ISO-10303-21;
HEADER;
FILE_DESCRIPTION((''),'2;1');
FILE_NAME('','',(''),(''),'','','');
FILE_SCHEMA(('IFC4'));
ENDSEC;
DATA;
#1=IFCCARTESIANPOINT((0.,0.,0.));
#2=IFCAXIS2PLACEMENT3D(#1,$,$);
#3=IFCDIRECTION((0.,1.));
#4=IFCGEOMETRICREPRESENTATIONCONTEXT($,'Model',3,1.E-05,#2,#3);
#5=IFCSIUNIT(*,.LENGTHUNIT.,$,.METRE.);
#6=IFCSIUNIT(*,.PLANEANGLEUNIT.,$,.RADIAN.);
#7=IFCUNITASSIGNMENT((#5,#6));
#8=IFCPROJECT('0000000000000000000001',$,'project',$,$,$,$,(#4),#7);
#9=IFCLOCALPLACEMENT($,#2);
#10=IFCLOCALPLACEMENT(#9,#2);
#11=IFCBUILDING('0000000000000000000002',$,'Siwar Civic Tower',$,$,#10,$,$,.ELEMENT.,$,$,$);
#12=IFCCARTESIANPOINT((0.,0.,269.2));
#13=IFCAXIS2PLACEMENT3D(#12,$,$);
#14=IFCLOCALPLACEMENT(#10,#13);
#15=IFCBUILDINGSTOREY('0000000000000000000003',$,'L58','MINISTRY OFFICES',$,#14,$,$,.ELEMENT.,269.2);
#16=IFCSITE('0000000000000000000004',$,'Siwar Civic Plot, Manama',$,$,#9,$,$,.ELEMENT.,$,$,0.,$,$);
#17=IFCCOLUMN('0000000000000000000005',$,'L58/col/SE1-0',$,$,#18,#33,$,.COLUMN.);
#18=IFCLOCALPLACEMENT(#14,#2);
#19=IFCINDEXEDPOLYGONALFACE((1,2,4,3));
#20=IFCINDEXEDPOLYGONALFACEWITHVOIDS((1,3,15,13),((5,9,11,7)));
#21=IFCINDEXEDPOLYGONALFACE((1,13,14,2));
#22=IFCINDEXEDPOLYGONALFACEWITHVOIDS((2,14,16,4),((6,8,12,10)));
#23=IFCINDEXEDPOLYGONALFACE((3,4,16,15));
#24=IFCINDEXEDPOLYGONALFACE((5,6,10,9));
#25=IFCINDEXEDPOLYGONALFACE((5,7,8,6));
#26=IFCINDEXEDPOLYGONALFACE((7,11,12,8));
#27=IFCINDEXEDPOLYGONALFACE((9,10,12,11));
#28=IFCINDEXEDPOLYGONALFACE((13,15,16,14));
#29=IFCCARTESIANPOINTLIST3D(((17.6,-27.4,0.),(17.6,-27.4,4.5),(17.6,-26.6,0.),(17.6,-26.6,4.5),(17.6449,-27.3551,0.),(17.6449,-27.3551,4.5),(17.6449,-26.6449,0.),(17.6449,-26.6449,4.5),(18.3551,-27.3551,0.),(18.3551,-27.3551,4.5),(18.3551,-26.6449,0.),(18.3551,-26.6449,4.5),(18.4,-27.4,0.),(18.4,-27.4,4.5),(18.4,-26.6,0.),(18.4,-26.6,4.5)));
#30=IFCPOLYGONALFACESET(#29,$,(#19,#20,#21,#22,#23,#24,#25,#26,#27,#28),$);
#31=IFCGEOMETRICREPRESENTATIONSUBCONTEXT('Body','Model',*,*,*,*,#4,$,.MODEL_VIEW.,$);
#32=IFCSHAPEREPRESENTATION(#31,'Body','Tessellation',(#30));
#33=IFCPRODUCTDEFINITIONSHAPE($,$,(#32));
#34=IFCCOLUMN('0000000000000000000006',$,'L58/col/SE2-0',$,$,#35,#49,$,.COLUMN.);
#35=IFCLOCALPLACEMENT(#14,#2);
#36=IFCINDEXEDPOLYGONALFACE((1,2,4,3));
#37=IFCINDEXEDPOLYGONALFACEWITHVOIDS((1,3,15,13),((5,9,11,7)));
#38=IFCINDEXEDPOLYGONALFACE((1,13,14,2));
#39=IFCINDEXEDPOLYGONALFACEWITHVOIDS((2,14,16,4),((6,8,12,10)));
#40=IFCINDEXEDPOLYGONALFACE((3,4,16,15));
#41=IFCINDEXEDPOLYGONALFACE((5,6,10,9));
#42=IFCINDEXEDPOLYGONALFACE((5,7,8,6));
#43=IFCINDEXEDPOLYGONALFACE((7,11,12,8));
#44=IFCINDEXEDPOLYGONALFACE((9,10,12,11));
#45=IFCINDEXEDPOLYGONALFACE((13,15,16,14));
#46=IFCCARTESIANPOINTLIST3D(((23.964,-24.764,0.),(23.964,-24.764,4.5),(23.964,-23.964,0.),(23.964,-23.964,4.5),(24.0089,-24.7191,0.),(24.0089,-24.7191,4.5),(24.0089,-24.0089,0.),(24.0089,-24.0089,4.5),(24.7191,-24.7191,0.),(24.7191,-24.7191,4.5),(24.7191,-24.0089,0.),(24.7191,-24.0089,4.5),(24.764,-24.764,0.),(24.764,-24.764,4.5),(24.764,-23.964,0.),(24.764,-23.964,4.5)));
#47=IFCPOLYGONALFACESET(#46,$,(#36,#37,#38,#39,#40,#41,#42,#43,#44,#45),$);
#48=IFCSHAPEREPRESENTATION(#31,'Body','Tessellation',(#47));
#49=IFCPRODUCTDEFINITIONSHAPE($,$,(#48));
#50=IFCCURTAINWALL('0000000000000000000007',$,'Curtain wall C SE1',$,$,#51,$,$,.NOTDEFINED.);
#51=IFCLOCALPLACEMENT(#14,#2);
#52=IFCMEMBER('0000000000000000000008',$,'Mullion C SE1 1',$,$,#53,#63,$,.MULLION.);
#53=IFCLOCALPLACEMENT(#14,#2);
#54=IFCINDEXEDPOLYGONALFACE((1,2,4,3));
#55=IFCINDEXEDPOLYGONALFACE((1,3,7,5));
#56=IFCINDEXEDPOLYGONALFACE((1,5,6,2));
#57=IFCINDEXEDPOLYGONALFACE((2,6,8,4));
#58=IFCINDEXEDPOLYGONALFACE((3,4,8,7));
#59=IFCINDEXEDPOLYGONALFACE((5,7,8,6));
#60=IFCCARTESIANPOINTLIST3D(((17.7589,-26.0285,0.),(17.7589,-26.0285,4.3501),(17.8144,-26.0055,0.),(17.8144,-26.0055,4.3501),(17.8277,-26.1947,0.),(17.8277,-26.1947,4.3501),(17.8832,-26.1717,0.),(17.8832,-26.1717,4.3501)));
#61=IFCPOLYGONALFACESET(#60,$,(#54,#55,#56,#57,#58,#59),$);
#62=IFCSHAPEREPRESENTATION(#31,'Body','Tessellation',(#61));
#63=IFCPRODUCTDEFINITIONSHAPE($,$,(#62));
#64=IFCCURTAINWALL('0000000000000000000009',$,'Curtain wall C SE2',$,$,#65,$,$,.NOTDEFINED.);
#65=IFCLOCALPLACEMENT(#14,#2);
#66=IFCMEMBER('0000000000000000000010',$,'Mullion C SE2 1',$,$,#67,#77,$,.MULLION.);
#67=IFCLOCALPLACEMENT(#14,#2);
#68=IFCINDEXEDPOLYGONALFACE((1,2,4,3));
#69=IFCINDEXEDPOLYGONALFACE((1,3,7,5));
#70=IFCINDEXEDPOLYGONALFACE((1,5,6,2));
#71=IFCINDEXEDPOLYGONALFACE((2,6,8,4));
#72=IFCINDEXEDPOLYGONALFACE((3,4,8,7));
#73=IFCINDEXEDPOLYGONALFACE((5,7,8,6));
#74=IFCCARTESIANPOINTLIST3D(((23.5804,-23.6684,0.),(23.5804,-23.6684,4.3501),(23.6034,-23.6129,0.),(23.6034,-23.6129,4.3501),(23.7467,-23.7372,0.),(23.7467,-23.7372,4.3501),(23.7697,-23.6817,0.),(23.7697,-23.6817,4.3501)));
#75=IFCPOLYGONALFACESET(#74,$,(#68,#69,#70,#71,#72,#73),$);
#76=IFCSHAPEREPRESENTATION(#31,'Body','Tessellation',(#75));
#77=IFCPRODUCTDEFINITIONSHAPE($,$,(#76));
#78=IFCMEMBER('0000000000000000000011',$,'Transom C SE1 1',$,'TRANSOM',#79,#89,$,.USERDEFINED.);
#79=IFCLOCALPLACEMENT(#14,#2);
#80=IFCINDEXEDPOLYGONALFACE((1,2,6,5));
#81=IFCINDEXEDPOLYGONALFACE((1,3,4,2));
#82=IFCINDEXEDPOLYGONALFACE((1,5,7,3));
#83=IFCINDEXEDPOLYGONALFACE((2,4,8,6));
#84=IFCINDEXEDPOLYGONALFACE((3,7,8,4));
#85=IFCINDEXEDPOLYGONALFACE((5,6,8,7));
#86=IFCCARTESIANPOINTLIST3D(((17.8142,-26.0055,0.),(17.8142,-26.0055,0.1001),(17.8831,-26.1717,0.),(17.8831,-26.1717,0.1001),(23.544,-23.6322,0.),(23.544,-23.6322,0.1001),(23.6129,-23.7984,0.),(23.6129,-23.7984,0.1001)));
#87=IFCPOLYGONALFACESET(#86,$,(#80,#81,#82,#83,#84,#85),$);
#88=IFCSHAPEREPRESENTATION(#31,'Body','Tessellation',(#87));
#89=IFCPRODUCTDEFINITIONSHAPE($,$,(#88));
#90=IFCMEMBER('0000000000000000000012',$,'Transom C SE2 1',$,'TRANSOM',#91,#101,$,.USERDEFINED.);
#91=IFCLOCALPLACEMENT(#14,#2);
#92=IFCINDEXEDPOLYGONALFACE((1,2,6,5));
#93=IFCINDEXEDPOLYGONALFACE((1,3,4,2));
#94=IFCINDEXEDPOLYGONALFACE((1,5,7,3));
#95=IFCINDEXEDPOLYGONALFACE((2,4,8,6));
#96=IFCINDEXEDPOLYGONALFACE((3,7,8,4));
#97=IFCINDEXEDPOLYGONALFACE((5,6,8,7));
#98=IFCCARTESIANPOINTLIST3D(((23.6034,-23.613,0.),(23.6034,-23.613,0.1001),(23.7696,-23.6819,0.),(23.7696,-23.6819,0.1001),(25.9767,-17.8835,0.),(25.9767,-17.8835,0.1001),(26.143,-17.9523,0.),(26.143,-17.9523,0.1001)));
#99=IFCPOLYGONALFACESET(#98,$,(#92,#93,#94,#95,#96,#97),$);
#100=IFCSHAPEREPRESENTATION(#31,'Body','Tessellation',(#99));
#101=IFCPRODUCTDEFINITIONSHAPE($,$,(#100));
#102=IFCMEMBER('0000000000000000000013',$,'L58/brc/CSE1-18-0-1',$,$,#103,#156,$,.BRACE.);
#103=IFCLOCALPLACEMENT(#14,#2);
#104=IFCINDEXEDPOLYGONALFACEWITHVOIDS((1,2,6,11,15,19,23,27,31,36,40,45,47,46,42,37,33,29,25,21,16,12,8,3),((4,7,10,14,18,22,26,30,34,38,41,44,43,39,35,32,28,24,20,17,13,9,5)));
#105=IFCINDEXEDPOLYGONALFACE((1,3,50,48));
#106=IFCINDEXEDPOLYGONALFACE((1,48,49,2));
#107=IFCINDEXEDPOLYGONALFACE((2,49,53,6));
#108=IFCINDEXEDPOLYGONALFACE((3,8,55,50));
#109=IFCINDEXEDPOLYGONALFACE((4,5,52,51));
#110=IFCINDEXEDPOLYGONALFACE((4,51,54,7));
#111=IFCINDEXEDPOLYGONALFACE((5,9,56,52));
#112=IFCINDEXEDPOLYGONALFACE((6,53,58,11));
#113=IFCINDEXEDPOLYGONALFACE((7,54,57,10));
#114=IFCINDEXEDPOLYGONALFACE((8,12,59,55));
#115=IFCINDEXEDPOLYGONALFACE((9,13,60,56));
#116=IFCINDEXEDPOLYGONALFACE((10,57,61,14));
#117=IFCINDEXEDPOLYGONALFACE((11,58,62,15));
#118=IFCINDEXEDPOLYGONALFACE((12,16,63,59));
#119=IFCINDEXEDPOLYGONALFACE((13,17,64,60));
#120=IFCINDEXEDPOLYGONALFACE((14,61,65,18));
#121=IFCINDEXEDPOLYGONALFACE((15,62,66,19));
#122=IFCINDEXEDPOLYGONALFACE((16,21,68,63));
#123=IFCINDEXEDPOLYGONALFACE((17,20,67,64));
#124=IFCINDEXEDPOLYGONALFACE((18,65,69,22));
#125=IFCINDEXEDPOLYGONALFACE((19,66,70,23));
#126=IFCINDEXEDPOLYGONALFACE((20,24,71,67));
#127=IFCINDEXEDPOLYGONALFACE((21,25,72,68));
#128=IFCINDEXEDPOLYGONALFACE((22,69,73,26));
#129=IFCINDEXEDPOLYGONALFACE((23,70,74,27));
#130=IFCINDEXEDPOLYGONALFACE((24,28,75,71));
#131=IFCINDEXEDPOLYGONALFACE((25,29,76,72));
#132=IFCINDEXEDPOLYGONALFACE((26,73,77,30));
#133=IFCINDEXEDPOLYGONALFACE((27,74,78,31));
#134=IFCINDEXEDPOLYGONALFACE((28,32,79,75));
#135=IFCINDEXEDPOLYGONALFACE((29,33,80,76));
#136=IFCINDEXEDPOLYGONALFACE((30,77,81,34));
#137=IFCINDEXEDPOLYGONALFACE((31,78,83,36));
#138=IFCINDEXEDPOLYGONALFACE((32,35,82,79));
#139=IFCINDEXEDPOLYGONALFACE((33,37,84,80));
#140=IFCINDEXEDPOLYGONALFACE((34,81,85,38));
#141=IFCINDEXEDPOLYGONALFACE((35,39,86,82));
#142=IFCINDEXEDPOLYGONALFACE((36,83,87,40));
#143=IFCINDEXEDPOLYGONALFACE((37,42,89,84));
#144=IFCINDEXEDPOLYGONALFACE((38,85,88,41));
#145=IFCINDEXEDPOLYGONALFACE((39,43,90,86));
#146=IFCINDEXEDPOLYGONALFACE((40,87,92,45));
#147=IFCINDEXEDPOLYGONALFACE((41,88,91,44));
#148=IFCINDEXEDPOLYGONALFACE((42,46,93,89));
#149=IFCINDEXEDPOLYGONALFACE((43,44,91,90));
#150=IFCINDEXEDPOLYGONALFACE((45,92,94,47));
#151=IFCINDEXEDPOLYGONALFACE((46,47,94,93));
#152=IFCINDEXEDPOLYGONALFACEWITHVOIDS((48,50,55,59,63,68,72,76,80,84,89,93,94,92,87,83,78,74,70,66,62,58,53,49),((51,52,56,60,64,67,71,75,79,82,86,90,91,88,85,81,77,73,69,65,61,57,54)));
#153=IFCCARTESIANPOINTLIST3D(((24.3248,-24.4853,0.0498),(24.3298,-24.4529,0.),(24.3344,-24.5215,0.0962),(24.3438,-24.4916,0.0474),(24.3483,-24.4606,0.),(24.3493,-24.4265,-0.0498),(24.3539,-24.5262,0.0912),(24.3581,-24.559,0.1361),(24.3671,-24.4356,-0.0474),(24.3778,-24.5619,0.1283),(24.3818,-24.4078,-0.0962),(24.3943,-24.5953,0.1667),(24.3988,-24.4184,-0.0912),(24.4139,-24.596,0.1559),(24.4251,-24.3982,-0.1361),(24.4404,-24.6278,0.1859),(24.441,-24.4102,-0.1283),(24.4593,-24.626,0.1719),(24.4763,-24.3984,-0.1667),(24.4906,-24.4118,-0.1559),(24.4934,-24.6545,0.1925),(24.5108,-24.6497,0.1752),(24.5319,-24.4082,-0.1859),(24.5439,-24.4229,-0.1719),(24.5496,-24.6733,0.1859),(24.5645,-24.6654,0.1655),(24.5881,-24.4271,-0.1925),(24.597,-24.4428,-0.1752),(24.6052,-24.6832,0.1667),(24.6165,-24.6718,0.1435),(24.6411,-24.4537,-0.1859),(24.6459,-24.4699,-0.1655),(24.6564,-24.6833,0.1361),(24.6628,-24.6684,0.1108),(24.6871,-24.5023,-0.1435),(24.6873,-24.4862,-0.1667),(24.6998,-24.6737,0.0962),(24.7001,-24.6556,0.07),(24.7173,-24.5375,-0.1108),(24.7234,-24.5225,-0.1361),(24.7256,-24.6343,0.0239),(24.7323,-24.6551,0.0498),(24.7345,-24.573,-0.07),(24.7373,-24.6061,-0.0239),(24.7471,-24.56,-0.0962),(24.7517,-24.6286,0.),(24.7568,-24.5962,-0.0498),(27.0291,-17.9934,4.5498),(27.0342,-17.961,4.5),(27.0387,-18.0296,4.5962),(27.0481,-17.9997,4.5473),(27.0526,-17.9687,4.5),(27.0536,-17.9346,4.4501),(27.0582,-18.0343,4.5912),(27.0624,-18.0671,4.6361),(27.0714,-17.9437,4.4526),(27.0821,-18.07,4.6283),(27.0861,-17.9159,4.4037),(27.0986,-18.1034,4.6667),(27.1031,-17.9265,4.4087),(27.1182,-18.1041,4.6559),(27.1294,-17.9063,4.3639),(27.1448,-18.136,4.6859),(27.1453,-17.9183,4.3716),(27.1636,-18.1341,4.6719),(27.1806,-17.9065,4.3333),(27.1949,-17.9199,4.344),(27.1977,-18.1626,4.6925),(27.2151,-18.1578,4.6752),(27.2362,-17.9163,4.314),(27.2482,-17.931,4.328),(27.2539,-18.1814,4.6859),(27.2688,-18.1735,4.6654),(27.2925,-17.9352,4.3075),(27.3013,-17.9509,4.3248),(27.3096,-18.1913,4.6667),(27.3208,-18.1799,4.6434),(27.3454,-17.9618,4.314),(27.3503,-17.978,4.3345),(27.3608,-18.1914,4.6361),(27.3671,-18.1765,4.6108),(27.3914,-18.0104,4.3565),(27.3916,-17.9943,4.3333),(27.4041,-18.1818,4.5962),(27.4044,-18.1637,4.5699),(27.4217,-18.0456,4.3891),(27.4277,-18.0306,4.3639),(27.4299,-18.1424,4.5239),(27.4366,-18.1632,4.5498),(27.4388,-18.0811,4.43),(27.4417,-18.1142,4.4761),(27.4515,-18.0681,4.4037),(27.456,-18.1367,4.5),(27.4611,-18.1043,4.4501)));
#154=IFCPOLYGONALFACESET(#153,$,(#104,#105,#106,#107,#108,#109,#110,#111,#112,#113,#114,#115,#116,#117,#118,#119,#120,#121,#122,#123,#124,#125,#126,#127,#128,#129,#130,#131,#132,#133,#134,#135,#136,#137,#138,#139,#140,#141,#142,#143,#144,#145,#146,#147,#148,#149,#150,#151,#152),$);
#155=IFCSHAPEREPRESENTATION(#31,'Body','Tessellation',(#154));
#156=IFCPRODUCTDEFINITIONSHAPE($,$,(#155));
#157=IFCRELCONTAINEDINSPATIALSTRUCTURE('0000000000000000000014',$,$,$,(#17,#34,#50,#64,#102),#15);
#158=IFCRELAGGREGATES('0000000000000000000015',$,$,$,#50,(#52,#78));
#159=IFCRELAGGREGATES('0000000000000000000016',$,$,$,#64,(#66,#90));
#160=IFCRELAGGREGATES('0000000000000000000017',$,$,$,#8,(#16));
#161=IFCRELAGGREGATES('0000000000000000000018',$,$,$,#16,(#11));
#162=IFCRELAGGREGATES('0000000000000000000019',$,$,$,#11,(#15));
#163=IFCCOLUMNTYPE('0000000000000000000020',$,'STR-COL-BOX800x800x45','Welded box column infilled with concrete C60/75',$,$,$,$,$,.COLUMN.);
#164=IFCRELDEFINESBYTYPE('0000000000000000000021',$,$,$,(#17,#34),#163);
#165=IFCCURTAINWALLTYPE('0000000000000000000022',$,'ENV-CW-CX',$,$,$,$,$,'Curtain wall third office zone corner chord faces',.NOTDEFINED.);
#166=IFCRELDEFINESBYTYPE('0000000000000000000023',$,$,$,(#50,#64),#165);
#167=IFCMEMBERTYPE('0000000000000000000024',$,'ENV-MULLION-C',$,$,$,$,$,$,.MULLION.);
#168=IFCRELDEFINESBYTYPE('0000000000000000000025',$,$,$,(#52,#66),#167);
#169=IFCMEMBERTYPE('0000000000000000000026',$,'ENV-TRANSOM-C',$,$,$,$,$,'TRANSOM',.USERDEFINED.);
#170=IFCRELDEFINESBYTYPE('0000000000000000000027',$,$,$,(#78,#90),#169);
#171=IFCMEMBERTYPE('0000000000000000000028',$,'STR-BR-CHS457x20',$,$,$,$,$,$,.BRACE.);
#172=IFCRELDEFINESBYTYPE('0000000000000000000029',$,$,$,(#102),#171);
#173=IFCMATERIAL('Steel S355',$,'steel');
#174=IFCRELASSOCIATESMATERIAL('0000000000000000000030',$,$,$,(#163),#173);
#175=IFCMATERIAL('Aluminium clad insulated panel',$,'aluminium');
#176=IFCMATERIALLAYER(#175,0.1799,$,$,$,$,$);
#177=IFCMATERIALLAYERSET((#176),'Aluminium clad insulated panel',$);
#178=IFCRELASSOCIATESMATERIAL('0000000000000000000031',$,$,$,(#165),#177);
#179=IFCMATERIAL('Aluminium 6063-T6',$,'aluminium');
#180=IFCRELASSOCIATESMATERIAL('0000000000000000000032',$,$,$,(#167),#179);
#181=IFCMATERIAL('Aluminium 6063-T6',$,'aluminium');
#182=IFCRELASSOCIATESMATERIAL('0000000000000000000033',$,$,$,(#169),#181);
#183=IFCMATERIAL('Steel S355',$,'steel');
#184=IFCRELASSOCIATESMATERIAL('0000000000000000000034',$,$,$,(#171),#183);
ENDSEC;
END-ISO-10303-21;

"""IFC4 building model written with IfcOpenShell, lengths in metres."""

from ifc_helpers import new_model, si_unit, direction, frame, origin, origin_2d, place, context, subcontext, project, spatial, rectangle, hollow_rectangle, hollow_circle, extrude, material, layer, layer_set, material_profile, profile_set, type_object, element, aggregate, save


model = new_model("IFC4")

# Units and contexts
model_context = context("Model", 3, precision=1e-05, world=origin(), true_north=direction((0.0, 1.0)))
body_context = subcontext(model_context, "Body", "Model", "MODEL_VIEW")
ifc_project = project(units=[si_unit("LENGTHUNIT", "METRE"), si_unit("PLANEANGLEUNIT", "RADIAN")], contexts=[model_context])

# Site, building, storey
site_placement = place(None, origin())
site = spatial("IfcSite", under=ifc_project, at=site_placement, Name="Siwar Civic Plot, Manama", CompositionType="ELEMENT", RefElevation=0.0)
building_placement = place(site_placement, origin())
building = spatial("IfcBuilding", under=site, at=building_placement, Name="Siwar Civic Tower", CompositionType="ELEMENT")
storey_placement = place(building_placement, frame((0.0, 0.0, 269.2)))
storey = spatial("IfcBuildingStorey", under=building, at=storey_placement, Name="L58", Description="MINISTRY OFFICES", CompositionType="ELEMENT", Elevation=269.2)

# Columns
ifc_material_1 = material(Name="Steel S355", Category="steel")
ifc_material_profile_1 = material_profile(ifc_material_1, hollow_rectangle(XDim=0.8, YDim=0.8, WallThickness=0.0449, at=origin_2d()), Name="BOX800x800x45")
ifc_profile_set_1 = profile_set([ifc_material_profile_1], Name="Steel S355")
column_type = type_object("IfcColumnType", Name="STR-COL-BOX800x800x45", Description="Welded box column infilled with concrete C60/75", PredefinedType="COLUMN", material=ifc_profile_set_1)
for number, where, z_axis, x_axis, name in (
    (1, (18.0, -27.0, 0.0), (0.0, 0.0, 1.0), (1.0, 0.0, 0.0), "L58/col/SE1-0"),
    (2, (24.364, -24.364, 0.0), (0.0, 0.0, 1.0), (1.0, 0.0, 0.0), "L58/col/SE2-0"),
):
    element("IfcColumn", number, at=place(storey_placement, frame(where, z_axis=z_axis, x_axis=x_axis)), inside=storey, type_object=column_type, Name=name, PredefinedType="COLUMN", context=body_context, shape_type="SweptSolid", body=[
        extrude(hollow_rectangle(XDim=0.8, YDim=0.8, WallThickness=0.0449, at=origin_2d()), origin(), (0.0, 0.0, 1.0), 4.5),
    ])

# Curtain walls, members
ifc_material_2 = material(Name="Aluminium clad insulated panel", Category="aluminium")
ifc_layer_1 = layer(ifc_material_2, 0.1799)
ifc_layer_set_1 = layer_set([ifc_layer_1], Name="Aluminium clad insulated panel")
curtain_wall_type = type_object("IfcCurtainWallType", Name="ENV-CW-CX", ElementType="Curtain wall third office zone corner chord faces", PredefinedType="NOTDEFINED", material=ifc_layer_set_1)
curtain_wall_1_placement = place(storey_placement, origin())
curtain_wall_1 = element("IfcCurtainWall", 3, at=curtain_wall_1_placement, inside=storey, type_object=curtain_wall_type, Name="Curtain wall C SE1", PredefinedType="NOTDEFINED")
ifc_material_3 = material(Name="Aluminium 6063-T6", Category="aluminium")
ifc_material_profile_2 = material_profile(ifc_material_3, rectangle(XDim=0.1799, YDim=0.0601, at=origin_2d()), Name="AL 180x60")
ifc_profile_set_2 = profile_set([ifc_material_profile_2], Name="Aluminium 6063-T6")
member_type_1 = type_object("IfcMemberType", Name="ENV-MULLION-C", PredefinedType="MULLION", material=ifc_profile_set_2)
member_1_placement = place(storey_placement, frame((17.821, -26.1001, 0.0), z_axis=(0.0, 0.0, 1.0), x_axis=(-0.382683, 0.92388, 0.0)))
member_1 = element("IfcMember", 4, at=member_1_placement, type_object=member_type_1, Name="Mullion C SE1 1", PredefinedType="MULLION", context=body_context, shape_type="SweptSolid", body=[
    extrude(rectangle(XDim=0.1799, YDim=0.0601, at=origin_2d()), origin(), (0.0, 0.0, 1.0), 4.3501),
])
curtain_wall_2_placement = place(storey_placement, origin())
curtain_wall_2 = element("IfcCurtainWall", 5, at=curtain_wall_2_placement, inside=storey, type_object=curtain_wall_type, Name="Curtain wall C SE2", PredefinedType="NOTDEFINED")
member_2_placement = place(storey_placement, frame((23.675, -23.675, 0.0), z_axis=(0.0, 0.0, 1.0), x_axis=(-0.92388, 0.382683, 0.0)))
member_2 = element("IfcMember", 6, at=member_2_placement, type_object=member_type_1, Name="Mullion C SE2 1", PredefinedType="MULLION", context=body_context, shape_type="SweptSolid", body=[
    extrude(rectangle(XDim=0.1799, YDim=0.0601, at=origin_2d()), origin(), (0.0, 0.0, 1.0), 4.3501),
])

# Members
ifc_material_4 = material(Name="Aluminium 6063-T6", Category="aluminium")
ifc_material_profile_3 = material_profile(ifc_material_4, rectangle(XDim=0.1799, YDim=0.1001, at=origin_2d()), Name="AL 180x100")
ifc_profile_set_3 = profile_set([ifc_material_profile_3], Name="Aluminium 6063-T6")
member_type_2 = type_object("IfcMemberType", Name="ENV-TRANSOM-C", ElementType="TRANSOM", PredefinedType="USERDEFINED", material=ifc_profile_set_3)
member_3_placement = place(storey_placement, frame((17.8486, -26.0886, 0.05), z_axis=(0.923882, 0.382677, 0.0), x_axis=(-0.382677, 0.923882, 0.0)))
member_3 = element("IfcMember", 7, at=member_3_placement, type_object=member_type_2, Name="Transom C SE1 1", ObjectType="TRANSOM", PredefinedType="USERDEFINED", context=body_context, shape_type="SweptSolid", body=[
    extrude(rectangle(XDim=0.1799, YDim=0.1001, at=origin_2d()), origin(), (0.0, 0.0, 1.0), 6.2019),
])
member_4_placement = place(storey_placement, frame((23.6865, -23.6475, 0.05), z_axis=(0.382691, 0.923876, 0.0), x_axis=(-0.923876, 0.382691, 0.0)))
member_4 = element("IfcMember", 8, at=member_4_placement, type_object=member_type_2, Name="Transom C SE2 1", ObjectType="TRANSOM", PredefinedType="USERDEFINED", context=body_context, shape_type="SweptSolid", body=[
    extrude(rectangle(XDim=0.1799, YDim=0.1001, at=origin_2d()), origin(), (0.0, 0.0, 1.0), 6.2017),
])

# Member
ifc_material_5 = material(Name="Steel S355", Category="steel")
ifc_material_profile_4 = material_profile(ifc_material_5, hollow_circle(Radius=0.2285, WallThickness=0.02, at=origin_2d()), Name="CHS457x20")
ifc_profile_set_4 = profile_set([ifc_material_profile_4], Name="Steel S355")
member_type_3 = type_object("IfcMemberType", Name="STR-BR-CHS457x20", PredefinedType="BRACE", material=ifc_profile_set_4)
member_5_placement = place(storey_placement, frame((24.5408, -24.5408, 0.0), z_axis=(0.323906, 0.777555, 0.538975), x_axis=(-0.923109, 0.384539, 0.0)))
element("IfcMember", 9, at=member_5_placement, inside=storey, type_object=member_type_3, Name="L58/brc/CSE1-18-0-1", PredefinedType="BRACE", context=body_context, shape_type="SweptSolid", body=[
    extrude(hollow_circle(Radius=0.2285, WallThickness=0.02, at=origin_2d()), origin(), (0.0, 0.0, 1.0), 8.3491),
])

aggregate(curtain_wall_1, [member_1, member_3])
aggregate(curtain_wall_2, [member_2, member_4])

save(model, "model.ifc")
